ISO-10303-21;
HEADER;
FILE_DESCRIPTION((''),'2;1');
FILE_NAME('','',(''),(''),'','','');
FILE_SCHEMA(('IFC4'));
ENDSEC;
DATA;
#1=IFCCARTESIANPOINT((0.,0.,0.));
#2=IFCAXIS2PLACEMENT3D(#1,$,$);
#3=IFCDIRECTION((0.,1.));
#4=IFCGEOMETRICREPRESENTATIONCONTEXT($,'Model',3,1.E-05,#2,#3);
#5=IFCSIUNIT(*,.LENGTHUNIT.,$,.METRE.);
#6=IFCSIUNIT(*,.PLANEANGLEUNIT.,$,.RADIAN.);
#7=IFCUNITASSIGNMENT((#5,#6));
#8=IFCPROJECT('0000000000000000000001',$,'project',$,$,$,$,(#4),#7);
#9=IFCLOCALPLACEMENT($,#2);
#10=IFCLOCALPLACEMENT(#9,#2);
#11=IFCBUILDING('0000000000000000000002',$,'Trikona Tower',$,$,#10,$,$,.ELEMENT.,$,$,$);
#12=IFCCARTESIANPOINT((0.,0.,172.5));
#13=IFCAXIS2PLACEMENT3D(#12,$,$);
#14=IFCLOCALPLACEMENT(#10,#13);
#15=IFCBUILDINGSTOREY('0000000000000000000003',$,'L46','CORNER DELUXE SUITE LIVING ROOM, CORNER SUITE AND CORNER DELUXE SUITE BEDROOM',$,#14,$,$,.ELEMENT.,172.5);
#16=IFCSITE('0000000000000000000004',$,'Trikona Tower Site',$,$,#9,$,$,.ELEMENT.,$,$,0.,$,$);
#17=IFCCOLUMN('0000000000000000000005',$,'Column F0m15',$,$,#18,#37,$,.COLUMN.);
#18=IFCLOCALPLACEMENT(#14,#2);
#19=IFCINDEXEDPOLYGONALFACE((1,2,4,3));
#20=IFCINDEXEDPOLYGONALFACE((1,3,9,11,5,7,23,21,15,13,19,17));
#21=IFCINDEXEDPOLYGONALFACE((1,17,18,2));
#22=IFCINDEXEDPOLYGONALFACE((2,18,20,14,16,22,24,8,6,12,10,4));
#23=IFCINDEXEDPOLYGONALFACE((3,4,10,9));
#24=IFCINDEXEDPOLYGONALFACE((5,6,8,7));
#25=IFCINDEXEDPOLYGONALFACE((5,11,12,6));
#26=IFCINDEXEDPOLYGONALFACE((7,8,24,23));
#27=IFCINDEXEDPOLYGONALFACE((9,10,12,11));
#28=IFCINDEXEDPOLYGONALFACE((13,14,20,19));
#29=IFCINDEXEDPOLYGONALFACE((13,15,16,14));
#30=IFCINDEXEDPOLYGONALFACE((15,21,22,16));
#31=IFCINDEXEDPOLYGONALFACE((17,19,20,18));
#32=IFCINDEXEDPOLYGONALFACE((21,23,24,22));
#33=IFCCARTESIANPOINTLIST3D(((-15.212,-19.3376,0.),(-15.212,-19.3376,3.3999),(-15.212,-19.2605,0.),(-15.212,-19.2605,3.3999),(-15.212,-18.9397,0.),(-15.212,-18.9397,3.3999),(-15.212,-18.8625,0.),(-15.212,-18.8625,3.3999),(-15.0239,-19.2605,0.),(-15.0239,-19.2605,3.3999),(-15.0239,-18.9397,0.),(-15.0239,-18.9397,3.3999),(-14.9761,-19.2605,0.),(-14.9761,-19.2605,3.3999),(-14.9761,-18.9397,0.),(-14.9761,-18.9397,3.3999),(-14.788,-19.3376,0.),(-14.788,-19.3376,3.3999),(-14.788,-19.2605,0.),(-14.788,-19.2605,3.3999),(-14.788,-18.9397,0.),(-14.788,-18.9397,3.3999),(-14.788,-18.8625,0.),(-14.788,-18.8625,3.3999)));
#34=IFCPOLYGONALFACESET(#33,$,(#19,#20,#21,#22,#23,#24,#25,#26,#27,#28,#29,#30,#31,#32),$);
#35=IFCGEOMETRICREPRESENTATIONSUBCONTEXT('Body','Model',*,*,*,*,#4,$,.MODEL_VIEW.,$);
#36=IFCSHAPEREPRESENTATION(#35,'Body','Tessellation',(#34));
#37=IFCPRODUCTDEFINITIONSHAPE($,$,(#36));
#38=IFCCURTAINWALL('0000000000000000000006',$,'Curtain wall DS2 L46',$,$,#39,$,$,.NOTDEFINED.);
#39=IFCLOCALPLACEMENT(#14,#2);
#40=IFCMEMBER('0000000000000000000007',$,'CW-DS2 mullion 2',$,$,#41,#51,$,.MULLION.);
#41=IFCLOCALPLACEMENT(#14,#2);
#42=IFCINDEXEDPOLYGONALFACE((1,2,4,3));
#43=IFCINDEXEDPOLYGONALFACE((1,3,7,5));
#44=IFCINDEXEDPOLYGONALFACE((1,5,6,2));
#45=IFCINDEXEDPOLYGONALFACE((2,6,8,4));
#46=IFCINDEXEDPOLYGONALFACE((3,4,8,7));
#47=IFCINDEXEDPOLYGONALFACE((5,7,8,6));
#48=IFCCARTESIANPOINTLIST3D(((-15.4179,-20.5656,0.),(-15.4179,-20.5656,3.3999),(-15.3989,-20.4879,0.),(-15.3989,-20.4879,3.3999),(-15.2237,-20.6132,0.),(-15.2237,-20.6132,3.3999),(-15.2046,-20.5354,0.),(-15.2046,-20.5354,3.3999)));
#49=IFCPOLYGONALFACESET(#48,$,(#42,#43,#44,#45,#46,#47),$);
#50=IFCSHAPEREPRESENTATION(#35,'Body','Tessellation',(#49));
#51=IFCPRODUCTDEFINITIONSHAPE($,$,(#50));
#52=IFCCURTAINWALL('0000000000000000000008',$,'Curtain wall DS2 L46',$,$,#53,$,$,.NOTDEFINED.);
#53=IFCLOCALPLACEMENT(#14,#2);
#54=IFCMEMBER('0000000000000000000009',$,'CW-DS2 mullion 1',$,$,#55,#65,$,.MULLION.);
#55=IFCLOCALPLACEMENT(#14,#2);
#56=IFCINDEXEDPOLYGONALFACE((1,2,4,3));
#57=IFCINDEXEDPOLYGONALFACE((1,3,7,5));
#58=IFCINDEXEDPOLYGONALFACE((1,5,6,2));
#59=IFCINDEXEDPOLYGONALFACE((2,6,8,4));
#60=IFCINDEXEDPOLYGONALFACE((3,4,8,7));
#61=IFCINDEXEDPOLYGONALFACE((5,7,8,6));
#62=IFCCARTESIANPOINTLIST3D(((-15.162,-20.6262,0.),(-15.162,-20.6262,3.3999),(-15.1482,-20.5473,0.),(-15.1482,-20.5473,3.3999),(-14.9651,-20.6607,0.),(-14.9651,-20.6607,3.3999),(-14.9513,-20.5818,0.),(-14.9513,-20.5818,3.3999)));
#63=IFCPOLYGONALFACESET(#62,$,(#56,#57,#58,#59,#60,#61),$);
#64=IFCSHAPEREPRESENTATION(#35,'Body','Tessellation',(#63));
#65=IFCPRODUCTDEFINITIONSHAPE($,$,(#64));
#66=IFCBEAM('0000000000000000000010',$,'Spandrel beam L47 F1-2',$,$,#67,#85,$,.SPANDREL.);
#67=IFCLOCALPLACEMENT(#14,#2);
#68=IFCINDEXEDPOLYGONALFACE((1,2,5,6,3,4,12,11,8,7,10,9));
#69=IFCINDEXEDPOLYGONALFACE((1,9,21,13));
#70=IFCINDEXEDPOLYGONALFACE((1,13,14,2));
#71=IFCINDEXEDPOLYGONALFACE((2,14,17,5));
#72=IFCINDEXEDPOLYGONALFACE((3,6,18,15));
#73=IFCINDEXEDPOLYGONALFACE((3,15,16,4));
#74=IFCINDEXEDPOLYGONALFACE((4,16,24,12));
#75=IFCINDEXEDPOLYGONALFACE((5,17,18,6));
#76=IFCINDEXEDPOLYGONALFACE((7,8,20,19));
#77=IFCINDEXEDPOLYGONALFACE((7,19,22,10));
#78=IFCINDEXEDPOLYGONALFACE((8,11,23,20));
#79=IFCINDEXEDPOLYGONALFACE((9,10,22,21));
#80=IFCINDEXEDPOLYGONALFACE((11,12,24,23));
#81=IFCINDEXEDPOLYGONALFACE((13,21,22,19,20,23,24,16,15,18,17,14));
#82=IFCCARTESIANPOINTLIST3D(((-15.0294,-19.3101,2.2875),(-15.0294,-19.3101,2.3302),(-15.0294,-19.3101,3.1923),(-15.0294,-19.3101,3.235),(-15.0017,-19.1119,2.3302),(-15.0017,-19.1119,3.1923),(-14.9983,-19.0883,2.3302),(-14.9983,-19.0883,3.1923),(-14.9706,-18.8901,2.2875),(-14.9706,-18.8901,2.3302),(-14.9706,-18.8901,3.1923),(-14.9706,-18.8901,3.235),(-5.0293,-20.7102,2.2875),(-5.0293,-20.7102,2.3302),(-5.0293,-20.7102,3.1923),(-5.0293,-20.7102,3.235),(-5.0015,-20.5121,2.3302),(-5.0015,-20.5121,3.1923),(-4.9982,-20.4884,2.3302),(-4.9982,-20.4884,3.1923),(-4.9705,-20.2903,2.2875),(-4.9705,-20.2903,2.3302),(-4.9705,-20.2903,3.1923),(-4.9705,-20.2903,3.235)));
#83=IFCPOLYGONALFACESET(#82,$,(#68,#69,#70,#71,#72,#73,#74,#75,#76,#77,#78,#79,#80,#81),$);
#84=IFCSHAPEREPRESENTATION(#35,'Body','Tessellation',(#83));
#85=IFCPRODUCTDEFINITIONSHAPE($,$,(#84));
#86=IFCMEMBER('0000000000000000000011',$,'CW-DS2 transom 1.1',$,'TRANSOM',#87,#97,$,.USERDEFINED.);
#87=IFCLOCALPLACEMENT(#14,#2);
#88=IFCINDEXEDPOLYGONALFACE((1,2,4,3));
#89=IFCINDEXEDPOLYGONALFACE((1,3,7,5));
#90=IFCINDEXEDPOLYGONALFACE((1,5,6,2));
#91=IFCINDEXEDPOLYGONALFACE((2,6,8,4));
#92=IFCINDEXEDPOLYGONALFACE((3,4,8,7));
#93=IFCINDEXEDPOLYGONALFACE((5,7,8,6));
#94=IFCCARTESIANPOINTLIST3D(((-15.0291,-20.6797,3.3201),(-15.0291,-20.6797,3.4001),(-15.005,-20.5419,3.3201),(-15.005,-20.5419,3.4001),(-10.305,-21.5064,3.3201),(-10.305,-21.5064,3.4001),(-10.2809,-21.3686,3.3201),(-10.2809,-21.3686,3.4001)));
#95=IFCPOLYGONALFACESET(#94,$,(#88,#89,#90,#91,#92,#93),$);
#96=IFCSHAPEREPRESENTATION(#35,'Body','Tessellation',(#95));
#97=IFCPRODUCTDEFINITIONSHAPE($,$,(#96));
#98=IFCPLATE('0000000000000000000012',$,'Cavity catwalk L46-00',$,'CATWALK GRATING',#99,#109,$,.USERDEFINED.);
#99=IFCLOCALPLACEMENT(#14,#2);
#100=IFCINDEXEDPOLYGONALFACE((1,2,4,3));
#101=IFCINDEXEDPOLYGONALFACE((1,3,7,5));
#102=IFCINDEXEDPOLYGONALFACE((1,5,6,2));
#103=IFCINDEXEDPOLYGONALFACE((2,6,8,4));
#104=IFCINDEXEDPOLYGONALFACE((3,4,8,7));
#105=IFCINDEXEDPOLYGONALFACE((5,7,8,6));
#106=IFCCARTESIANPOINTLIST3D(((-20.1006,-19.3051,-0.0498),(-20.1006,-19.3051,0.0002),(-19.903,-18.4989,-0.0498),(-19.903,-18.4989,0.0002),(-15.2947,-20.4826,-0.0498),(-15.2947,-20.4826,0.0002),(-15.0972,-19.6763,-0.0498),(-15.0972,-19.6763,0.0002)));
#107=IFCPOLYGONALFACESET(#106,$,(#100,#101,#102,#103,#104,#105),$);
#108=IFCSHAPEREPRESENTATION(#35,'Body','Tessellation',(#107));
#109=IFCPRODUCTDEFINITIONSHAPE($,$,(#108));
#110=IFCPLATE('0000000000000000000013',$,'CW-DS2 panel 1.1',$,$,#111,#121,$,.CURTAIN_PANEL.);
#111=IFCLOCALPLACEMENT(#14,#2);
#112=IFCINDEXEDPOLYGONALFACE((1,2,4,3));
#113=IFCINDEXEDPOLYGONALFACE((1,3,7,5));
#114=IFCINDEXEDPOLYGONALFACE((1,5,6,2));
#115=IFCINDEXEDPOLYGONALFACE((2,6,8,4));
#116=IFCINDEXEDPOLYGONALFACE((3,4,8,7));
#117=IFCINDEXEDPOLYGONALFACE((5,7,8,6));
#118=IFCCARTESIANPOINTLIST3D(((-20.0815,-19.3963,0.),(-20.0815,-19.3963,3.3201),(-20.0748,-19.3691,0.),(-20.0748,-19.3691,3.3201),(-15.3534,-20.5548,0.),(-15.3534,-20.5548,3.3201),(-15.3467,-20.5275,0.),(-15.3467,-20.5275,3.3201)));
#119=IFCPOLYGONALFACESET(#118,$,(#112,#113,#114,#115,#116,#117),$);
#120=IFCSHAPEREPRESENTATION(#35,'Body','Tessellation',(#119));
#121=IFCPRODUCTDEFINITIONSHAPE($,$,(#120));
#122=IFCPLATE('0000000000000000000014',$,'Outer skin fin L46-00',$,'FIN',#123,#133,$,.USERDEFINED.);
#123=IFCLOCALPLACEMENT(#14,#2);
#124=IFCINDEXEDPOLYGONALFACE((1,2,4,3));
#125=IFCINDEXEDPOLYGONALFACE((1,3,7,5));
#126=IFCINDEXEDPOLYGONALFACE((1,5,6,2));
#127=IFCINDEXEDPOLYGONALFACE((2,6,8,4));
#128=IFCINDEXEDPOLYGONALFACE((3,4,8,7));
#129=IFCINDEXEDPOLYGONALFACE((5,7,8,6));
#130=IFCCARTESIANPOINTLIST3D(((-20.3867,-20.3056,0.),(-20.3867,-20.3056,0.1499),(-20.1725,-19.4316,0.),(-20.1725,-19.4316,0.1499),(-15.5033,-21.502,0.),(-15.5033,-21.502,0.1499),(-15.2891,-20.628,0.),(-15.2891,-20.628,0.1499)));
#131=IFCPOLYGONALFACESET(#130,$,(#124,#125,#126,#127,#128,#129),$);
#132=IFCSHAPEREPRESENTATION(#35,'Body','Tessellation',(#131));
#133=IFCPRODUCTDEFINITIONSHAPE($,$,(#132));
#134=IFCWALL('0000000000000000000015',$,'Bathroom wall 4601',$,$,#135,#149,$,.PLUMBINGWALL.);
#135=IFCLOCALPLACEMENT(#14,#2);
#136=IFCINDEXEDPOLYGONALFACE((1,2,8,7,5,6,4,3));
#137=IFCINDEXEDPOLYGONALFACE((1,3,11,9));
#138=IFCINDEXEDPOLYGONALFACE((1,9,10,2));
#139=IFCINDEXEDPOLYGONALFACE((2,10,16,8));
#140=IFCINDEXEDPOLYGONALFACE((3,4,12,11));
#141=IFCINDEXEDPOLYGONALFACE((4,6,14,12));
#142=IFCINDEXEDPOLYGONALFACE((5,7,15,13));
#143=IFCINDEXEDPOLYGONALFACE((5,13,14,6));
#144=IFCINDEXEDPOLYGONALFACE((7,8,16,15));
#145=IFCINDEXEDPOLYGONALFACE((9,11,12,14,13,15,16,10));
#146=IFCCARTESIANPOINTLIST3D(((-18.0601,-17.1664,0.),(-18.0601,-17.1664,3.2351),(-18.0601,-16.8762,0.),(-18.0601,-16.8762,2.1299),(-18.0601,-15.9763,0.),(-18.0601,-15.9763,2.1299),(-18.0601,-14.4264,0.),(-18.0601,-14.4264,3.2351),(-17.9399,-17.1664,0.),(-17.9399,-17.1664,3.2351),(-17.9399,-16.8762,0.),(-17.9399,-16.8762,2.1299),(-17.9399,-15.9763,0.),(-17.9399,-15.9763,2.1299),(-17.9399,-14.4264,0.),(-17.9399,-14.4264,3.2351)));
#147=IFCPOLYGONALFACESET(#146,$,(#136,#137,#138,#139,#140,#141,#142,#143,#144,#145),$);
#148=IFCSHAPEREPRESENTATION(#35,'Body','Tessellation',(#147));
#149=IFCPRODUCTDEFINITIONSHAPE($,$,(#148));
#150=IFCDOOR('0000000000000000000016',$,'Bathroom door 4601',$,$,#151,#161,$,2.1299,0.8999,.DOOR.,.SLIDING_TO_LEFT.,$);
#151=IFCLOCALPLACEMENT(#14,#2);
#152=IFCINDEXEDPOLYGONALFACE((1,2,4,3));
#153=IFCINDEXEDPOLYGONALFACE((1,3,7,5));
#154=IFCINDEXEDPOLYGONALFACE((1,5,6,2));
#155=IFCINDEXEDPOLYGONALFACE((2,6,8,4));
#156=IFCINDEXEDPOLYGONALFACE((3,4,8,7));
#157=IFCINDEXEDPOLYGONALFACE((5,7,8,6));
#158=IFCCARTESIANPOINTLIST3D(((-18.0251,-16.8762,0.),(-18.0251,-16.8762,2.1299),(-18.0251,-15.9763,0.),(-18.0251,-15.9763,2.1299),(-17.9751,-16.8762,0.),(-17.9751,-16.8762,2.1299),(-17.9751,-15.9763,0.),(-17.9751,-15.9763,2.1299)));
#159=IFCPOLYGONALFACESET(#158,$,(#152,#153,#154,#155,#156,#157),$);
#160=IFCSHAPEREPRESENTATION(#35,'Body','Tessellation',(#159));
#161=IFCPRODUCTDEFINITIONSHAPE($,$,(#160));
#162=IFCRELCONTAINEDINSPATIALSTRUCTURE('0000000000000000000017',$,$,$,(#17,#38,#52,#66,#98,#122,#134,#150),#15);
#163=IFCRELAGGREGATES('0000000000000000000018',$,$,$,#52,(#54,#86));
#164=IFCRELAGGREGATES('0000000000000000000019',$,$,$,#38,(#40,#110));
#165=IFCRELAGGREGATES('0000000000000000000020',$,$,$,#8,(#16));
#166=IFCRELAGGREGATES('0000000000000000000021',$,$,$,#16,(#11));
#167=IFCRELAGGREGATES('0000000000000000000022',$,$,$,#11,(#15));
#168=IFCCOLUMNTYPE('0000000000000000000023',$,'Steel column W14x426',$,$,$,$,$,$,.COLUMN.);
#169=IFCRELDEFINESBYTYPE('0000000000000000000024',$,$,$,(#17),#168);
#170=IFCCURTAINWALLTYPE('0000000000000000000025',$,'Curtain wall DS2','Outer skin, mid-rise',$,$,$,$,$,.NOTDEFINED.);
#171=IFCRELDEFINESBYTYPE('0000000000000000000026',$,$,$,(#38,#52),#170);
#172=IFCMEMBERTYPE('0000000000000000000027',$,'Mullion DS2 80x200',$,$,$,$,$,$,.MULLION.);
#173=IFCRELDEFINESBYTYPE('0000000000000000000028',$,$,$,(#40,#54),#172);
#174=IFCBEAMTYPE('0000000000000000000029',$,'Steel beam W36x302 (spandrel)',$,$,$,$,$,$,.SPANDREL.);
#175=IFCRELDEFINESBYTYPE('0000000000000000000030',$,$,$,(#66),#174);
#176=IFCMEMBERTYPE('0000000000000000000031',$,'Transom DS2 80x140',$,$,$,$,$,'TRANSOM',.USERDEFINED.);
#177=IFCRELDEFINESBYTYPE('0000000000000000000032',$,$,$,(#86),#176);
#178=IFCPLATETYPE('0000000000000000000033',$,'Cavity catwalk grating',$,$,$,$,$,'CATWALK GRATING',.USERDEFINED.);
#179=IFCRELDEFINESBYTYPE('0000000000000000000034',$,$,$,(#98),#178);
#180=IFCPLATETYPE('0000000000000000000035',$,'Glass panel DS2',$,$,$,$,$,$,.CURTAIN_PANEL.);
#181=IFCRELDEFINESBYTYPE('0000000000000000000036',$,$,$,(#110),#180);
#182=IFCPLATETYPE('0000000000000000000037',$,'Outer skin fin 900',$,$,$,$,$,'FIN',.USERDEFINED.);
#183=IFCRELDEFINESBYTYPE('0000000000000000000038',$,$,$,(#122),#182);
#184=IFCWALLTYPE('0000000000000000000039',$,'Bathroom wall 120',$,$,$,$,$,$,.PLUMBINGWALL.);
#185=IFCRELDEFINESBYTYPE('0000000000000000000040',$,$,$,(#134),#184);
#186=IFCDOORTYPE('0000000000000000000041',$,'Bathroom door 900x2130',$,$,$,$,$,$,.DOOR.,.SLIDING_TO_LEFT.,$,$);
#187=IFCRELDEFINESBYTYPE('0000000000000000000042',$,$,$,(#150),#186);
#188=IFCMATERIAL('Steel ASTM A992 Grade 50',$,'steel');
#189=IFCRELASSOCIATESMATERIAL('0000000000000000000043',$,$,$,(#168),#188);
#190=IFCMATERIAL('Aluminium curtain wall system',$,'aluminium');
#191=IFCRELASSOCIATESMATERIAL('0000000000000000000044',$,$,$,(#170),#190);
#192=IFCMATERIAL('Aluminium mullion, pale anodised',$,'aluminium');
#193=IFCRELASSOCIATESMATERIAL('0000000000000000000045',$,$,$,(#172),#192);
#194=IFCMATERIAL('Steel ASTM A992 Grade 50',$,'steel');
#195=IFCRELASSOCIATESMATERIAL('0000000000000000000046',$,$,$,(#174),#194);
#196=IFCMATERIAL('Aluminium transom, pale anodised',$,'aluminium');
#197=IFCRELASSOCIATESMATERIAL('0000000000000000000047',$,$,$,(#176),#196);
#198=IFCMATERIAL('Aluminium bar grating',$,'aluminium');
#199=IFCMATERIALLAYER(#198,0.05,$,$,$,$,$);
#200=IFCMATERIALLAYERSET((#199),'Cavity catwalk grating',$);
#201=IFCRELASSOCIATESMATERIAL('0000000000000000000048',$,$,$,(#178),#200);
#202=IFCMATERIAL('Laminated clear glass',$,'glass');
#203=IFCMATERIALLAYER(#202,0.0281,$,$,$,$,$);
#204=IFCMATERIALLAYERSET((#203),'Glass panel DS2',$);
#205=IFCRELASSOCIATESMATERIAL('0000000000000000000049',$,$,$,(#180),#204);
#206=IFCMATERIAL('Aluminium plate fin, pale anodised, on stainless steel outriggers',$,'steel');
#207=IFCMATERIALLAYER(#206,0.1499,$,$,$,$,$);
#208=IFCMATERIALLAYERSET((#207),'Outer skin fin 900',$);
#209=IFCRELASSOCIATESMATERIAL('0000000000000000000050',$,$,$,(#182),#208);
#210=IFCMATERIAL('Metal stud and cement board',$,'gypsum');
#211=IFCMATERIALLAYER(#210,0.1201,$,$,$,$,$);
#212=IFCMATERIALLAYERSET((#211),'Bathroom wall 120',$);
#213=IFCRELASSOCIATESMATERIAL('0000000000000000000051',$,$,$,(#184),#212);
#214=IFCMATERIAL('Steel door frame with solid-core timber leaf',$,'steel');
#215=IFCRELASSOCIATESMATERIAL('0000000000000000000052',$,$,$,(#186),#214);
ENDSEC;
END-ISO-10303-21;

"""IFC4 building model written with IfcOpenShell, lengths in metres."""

from ifc_helpers import new_model, si_unit, direction, frame, frame_2d, origin, origin_2d, place, context, subcontext, project, spatial, rectangle, i_section, extrude, material, layer, layer_set, material_profile, profile_set, type_object, element, fill, aggregate, save


model = new_model("IFC4")

# Units and contexts
model_context = context("Model", 3, precision=1e-05, world=origin(), true_north=direction((0.0, 1.0)))
body_context = subcontext(model_context, "Body", "Model", "MODEL_VIEW")
ifc_project = project(units=[si_unit("LENGTHUNIT", "METRE"), si_unit("PLANEANGLEUNIT", "RADIAN")], contexts=[model_context])

# Site, building, storey
site_placement = place(None, origin())
site = spatial("IfcSite", under=ifc_project, at=site_placement, Name="Trikona Tower Site", CompositionType="ELEMENT", RefElevation=0.0)
building_placement = place(site_placement, origin())
building = spatial("IfcBuilding", under=site, at=building_placement, Name="Trikona Tower", CompositionType="ELEMENT")
storey_placement = place(building_placement, frame((0.0, 0.0, 172.5)))
storey = spatial("IfcBuildingStorey", under=building, at=storey_placement, Name="L46", Description="CORNER DELUXE SUITE LIVING ROOM, CORNER SUITE AND CORNER DELUXE SUITE BEDROOM", CompositionType="ELEMENT", Elevation=172.5)

# Column
ifc_material_1 = material(Name="Steel ASTM A992 Grade 50", Category="steel")
ifc_material_profile_1 = material_profile(ifc_material_1, i_section(OverallWidth=0.4241, OverallDepth=0.4751, WebThickness=0.0479, FlangeThickness=0.0771, at=origin_2d()), Name="W14X426")
ifc_profile_set_1 = profile_set([ifc_material_profile_1], Name="Steel ASTM A992 Grade 50")
column_type = type_object("IfcColumnType", Name="Steel column W14x426", PredefinedType="COLUMN", material=ifc_profile_set_1)
column_placement = place(storey_placement, frame((-15.0, -19.1001, 0.0), z_axis=(0.0, 0.0, 1.0), x_axis=(1.0, 0.0, 0.0)))
element("IfcColumn", 1, at=column_placement, inside=storey, type_object=column_type, Name="Column F0m15", PredefinedType="COLUMN", context=body_context, shape_type="SweptSolid", body=[
    extrude(i_section(OverallWidth=0.4241, OverallDepth=0.4751, WebThickness=0.0479, FlangeThickness=0.0771, at=origin_2d()), origin(), (0.0, 0.0, 1.0), 3.3999),
])

# Curtain walls, members
ifc_material_2 = material(Name="Aluminium curtain wall system", Category="aluminium")
curtain_wall_type = type_object("IfcCurtainWallType", Name="Curtain wall DS2", Description="Outer skin, mid-rise", PredefinedType="NOTDEFINED", material=ifc_material_2)
curtain_wall_1_placement = place(storey_placement, origin())
curtain_wall_1 = element("IfcCurtainWall", 2, at=curtain_wall_1_placement, inside=storey, type_object=curtain_wall_type, Name="Curtain wall DS2 L46", PredefinedType="NOTDEFINED")
ifc_material_3 = material(Name="Aluminium mullion, pale anodised", Category="aluminium")
ifc_material_profile_2 = material_profile(ifc_material_3, rectangle(XDim=0.0801, YDim=0.2, at=origin_2d()), Name="MUL-DS2")
ifc_profile_set_2 = profile_set([ifc_material_profile_2], Name="Aluminium mullion, pale anodised")
member_type_1 = type_object("IfcMemberType", Name="Mullion DS2 80x200", PredefinedType="MULLION", material=ifc_profile_set_2)
member_1_placement = place(storey_placement, frame((-15.3113, -20.5505, 0.0), z_axis=(0.0, 0.0, 1.0), x_axis=(0.23797, 0.971272, 0.0)))
member_1 = element("IfcMember", 3, at=member_1_placement, type_object=member_type_1, Name="CW-DS2 mullion 2", PredefinedType="MULLION", context=body_context, shape_type="SweptSolid", body=[
    extrude(rectangle(XDim=0.0801, YDim=0.2, at=origin_2d()), origin(), (0.0, 0.0, 1.0), 3.3999),
])
curtain_wall_2_placement = place(storey_placement, origin())
curtain_wall_2 = element("IfcCurtainWall", 4, at=curtain_wall_2_placement, inside=storey, type_object=curtain_wall_type, Name="Curtain wall DS2 L46", PredefinedType="NOTDEFINED")
member_2_placement = place(storey_placement, frame((-15.0566, -20.604, 0.0), z_axis=(0.0, 0.0, 1.0), x_axis=(0.172377, 0.985031, 0.0)))
member_2 = element("IfcMember", 5, at=member_2_placement, type_object=member_type_1, Name="CW-DS2 mullion 1", PredefinedType="MULLION", context=body_context, shape_type="SweptSolid", body=[
    extrude(rectangle(XDim=0.0801, YDim=0.2, at=origin_2d()), origin(), (0.0, 0.0, 1.0), 3.3999),
])

# Beam
ifc_material_4 = material(Name="Steel ASTM A992 Grade 50", Category="steel")
ifc_material_profile_3 = material_profile(ifc_material_4, i_section(OverallWidth=0.4241, OverallDepth=0.9475, WebThickness=0.0239, FlangeThickness=0.0427, at=origin_2d()), Name="W36X302")
ifc_profile_set_3 = profile_set([ifc_material_profile_3], Name="Steel ASTM A992 Grade 50")
beam_type = type_object("IfcBeamType", Name="Steel beam W36x302 (spandrel)", PredefinedType="SPANDREL", material=ifc_profile_set_3)
beam_placement = place(storey_placement, frame((-15.0, -19.1001, 2.7612), z_axis=(0.99034, -0.138662, 0.0), x_axis=(0.138662, 0.99034, 0.0)))
element("IfcBeam", 6, at=beam_placement, inside=storey, type_object=beam_type, Name="Spandrel beam L47 F1-2", PredefinedType="SPANDREL", context=body_context, shape_type="SweptSolid", body=[
    extrude(i_section(OverallWidth=0.4241, OverallDepth=0.9475, WebThickness=0.0239, FlangeThickness=0.0427, at=origin_2d()), origin(), (0.0, 0.0, 1.0), 10.0977),
])

# Member
ifc_material_5 = material(Name="Aluminium transom, pale anodised", Category="aluminium")
ifc_material_profile_4 = material_profile(ifc_material_5, rectangle(XDim=0.1399, YDim=0.0801, at=origin_2d()), Name="TRN-DS2")
ifc_profile_set_4 = profile_set([ifc_material_profile_4], Name="Aluminium transom, pale anodised")
member_type_2 = type_object("IfcMemberType", Name="Transom DS2 80x140", ElementType="TRANSOM", PredefinedType="USERDEFINED", material=ifc_profile_set_4)
member_3_placement = place(storey_placement, frame((-15.0171, -20.6108, 3.3601), z_axis=(0.985033, -0.172368, 0.0), x_axis=(0.172368, 0.985033, 0.0)))
member_3 = element("IfcMember", 7, at=member_3_placement, type_object=member_type_2, Name="CW-DS2 transom 1.1", ObjectType="TRANSOM", PredefinedType="USERDEFINED", context=body_context, shape_type="SweptSolid", body=[
    extrude(rectangle(XDim=0.1399, YDim=0.0801, at=origin_2d()), origin(), (0.0, 0.0, 1.0), 4.7959),
])
aggregate(curtain_wall_2, [member_2, member_3])

# Plates
ifc_material_6 = material(Name="Aluminium bar grating", Category="aluminium")
ifc_layer_1 = layer(ifc_material_6, 0.05)
ifc_layer_set_1 = layer_set([ifc_layer_1], Name="Cavity catwalk grating")
plate_type_1 = type_object("IfcPlateType", Name="Cavity catwalk grating", ElementType="CATWALK GRATING", PredefinedType="USERDEFINED", material=ifc_layer_set_1)
plate_1_placement = place(storey_placement, frame((-17.5989, -19.4907, -0.0498), z_axis=(0.0, 0.0, 1.0), x_axis=(0.971274, -0.237962, 0.0)))
element("IfcPlate", 8, at=plate_1_placement, inside=storey, type_object=plate_type_1, Name="Cavity catwalk L46-00", ObjectType="CATWALK GRATING", PredefinedType="USERDEFINED", context=body_context, shape_type="SweptSolid", body=[
    extrude(rectangle(XDim=4.948, YDim=0.8301, at=origin_2d()), origin(), (0.0, 0.0, 1.0), 0.05),
])
ifc_material_7 = material(Name="Laminated clear glass", Category="glass")
ifc_layer_2 = layer(ifc_material_7, 0.0281)
ifc_layer_set_2 = layer_set([ifc_layer_2], Name="Glass panel DS2")
plate_type_2 = type_object("IfcPlateType", Name="Glass panel DS2", PredefinedType="CURTAIN_PANEL", material=ifc_layer_set_2)
plate_2_placement = place(storey_placement, frame((-17.7141, -19.9619, 0.0), z_axis=(0.0, 0.0, 1.0), x_axis=(0.971272, -0.23797, 0.0)))
plate_2 = element("IfcPlate", 9, at=plate_2_placement, type_object=plate_type_2, Name="CW-DS2 panel 1.1", PredefinedType="CURTAIN_PANEL", context=body_context, shape_type="SweptSolid", body=[
    extrude(rectangle(XDim=4.8679, YDim=0.0281, at=origin_2d()), origin(), (0.0, 0.0, 1.0), 3.3201),
])
aggregate(curtain_wall_1, [member_1, plate_2])
ifc_material_8 = material(Name="Aluminium plate fin, pale anodised, on stainless steel outriggers", Category="steel")
ifc_layer_3 = layer(ifc_material_8, 0.1499)
ifc_layer_set_3 = layer_set([ifc_layer_3], Name="Outer skin fin 900")
plate_type_3 = type_object("IfcPlateType", Name="Outer skin fin 900", ElementType="FIN", PredefinedType="USERDEFINED", material=ifc_layer_set_3)
plate_3_placement = place(storey_placement, frame((-17.8379, -20.4668, 0.0), z_axis=(0.0, 0.0, 1.0), x_axis=(0.971274, -0.237962, 0.0)))
element("IfcPlate", 10, at=plate_3_placement, inside=storey, type_object=plate_type_3, Name="Outer skin fin L46-00", ObjectType="FIN", PredefinedType="USERDEFINED", context=body_context, shape_type="SweptSolid", body=[
    extrude(rectangle(XDim=5.0278, YDim=0.8999, at=origin_2d()), origin(), (0.0, 0.0, 1.0), 0.1499),
])

# Wall, opening, door
ifc_material_9 = material(Name="Metal stud and cement board", Category="gypsum")
ifc_layer_4 = layer(ifc_material_9, 0.1201)
ifc_layer_set_4 = layer_set([ifc_layer_4], Name="Bathroom wall 120")
wall_type_1 = type_object("IfcWallType", Name="Bathroom wall 120", PredefinedType="PLUMBINGWALL", material=ifc_layer_set_4)
wall_1_placement = place(storey_placement, frame((-18.0, -14.4263, 0.0), z_axis=(0.0, 0.0, 1.0), x_axis=(0.0, -1.0, 0.0)))
wall_1 = element("IfcWall", 11, at=wall_1_placement, inside=storey, type_object=wall_type_1, Name="Bathroom wall 4601", PredefinedType="PLUMBINGWALL", context=body_context, shape_type="SweptSolid", body=[
    extrude(rectangle(XDim=2.74, YDim=0.1201, at=frame_2d((1.3701, 0.0))), origin(), (0.0, 0.0, 1.0), 3.2351),
])
opening_1_placement = place(wall_1_placement, frame((1.55, 0.0, 0.0)))
opening_1 = element("IfcOpeningElement", 12, at=opening_1_placement, cuts=wall_1, PredefinedType="OPENING", context=body_context, shape_type="SweptSolid", body=[
    extrude(rectangle(XDim=0.8999, YDim=2.1299, at=frame_2d((0.45, 1.0649))), frame((0.0, 0.0701, 0.0), z_axis=(0.0, -1.0, 0.0), x_axis=(1.0, 0.0, 0.0)), (0.0, 0.0, 1.0), 0.1401),
])
ifc_material_10 = material(Name="Steel door frame with solid-core timber leaf", Category="steel")
door_type = type_object("IfcDoorType", Name="Bathroom door 900x2130", OperationType="SLIDING_TO_LEFT", PredefinedType="DOOR", material=ifc_material_10)
door_placement = place(opening_1_placement, origin())
door = element("IfcDoor", 13, at=door_placement, inside=storey, type_object=door_type, Name="Bathroom door 4601", OperationType="SLIDING_TO_LEFT", OverallHeight=2.1299, OverallWidth=0.8999, PredefinedType="DOOR", context=body_context, shape_type="SweptSolid", body=[
    extrude(rectangle(XDim=0.8999, YDim=2.1299, at=frame_2d((0.45, 1.0649))), frame((0.0, 0.0249, 0.0), z_axis=(0.0, -1.0, 0.0), x_axis=(1.0, 0.0, 0.0)), (0.0, 0.0, 1.0), 0.05),
])
fill(opening_1, door)

save(model, "model.ifc")
